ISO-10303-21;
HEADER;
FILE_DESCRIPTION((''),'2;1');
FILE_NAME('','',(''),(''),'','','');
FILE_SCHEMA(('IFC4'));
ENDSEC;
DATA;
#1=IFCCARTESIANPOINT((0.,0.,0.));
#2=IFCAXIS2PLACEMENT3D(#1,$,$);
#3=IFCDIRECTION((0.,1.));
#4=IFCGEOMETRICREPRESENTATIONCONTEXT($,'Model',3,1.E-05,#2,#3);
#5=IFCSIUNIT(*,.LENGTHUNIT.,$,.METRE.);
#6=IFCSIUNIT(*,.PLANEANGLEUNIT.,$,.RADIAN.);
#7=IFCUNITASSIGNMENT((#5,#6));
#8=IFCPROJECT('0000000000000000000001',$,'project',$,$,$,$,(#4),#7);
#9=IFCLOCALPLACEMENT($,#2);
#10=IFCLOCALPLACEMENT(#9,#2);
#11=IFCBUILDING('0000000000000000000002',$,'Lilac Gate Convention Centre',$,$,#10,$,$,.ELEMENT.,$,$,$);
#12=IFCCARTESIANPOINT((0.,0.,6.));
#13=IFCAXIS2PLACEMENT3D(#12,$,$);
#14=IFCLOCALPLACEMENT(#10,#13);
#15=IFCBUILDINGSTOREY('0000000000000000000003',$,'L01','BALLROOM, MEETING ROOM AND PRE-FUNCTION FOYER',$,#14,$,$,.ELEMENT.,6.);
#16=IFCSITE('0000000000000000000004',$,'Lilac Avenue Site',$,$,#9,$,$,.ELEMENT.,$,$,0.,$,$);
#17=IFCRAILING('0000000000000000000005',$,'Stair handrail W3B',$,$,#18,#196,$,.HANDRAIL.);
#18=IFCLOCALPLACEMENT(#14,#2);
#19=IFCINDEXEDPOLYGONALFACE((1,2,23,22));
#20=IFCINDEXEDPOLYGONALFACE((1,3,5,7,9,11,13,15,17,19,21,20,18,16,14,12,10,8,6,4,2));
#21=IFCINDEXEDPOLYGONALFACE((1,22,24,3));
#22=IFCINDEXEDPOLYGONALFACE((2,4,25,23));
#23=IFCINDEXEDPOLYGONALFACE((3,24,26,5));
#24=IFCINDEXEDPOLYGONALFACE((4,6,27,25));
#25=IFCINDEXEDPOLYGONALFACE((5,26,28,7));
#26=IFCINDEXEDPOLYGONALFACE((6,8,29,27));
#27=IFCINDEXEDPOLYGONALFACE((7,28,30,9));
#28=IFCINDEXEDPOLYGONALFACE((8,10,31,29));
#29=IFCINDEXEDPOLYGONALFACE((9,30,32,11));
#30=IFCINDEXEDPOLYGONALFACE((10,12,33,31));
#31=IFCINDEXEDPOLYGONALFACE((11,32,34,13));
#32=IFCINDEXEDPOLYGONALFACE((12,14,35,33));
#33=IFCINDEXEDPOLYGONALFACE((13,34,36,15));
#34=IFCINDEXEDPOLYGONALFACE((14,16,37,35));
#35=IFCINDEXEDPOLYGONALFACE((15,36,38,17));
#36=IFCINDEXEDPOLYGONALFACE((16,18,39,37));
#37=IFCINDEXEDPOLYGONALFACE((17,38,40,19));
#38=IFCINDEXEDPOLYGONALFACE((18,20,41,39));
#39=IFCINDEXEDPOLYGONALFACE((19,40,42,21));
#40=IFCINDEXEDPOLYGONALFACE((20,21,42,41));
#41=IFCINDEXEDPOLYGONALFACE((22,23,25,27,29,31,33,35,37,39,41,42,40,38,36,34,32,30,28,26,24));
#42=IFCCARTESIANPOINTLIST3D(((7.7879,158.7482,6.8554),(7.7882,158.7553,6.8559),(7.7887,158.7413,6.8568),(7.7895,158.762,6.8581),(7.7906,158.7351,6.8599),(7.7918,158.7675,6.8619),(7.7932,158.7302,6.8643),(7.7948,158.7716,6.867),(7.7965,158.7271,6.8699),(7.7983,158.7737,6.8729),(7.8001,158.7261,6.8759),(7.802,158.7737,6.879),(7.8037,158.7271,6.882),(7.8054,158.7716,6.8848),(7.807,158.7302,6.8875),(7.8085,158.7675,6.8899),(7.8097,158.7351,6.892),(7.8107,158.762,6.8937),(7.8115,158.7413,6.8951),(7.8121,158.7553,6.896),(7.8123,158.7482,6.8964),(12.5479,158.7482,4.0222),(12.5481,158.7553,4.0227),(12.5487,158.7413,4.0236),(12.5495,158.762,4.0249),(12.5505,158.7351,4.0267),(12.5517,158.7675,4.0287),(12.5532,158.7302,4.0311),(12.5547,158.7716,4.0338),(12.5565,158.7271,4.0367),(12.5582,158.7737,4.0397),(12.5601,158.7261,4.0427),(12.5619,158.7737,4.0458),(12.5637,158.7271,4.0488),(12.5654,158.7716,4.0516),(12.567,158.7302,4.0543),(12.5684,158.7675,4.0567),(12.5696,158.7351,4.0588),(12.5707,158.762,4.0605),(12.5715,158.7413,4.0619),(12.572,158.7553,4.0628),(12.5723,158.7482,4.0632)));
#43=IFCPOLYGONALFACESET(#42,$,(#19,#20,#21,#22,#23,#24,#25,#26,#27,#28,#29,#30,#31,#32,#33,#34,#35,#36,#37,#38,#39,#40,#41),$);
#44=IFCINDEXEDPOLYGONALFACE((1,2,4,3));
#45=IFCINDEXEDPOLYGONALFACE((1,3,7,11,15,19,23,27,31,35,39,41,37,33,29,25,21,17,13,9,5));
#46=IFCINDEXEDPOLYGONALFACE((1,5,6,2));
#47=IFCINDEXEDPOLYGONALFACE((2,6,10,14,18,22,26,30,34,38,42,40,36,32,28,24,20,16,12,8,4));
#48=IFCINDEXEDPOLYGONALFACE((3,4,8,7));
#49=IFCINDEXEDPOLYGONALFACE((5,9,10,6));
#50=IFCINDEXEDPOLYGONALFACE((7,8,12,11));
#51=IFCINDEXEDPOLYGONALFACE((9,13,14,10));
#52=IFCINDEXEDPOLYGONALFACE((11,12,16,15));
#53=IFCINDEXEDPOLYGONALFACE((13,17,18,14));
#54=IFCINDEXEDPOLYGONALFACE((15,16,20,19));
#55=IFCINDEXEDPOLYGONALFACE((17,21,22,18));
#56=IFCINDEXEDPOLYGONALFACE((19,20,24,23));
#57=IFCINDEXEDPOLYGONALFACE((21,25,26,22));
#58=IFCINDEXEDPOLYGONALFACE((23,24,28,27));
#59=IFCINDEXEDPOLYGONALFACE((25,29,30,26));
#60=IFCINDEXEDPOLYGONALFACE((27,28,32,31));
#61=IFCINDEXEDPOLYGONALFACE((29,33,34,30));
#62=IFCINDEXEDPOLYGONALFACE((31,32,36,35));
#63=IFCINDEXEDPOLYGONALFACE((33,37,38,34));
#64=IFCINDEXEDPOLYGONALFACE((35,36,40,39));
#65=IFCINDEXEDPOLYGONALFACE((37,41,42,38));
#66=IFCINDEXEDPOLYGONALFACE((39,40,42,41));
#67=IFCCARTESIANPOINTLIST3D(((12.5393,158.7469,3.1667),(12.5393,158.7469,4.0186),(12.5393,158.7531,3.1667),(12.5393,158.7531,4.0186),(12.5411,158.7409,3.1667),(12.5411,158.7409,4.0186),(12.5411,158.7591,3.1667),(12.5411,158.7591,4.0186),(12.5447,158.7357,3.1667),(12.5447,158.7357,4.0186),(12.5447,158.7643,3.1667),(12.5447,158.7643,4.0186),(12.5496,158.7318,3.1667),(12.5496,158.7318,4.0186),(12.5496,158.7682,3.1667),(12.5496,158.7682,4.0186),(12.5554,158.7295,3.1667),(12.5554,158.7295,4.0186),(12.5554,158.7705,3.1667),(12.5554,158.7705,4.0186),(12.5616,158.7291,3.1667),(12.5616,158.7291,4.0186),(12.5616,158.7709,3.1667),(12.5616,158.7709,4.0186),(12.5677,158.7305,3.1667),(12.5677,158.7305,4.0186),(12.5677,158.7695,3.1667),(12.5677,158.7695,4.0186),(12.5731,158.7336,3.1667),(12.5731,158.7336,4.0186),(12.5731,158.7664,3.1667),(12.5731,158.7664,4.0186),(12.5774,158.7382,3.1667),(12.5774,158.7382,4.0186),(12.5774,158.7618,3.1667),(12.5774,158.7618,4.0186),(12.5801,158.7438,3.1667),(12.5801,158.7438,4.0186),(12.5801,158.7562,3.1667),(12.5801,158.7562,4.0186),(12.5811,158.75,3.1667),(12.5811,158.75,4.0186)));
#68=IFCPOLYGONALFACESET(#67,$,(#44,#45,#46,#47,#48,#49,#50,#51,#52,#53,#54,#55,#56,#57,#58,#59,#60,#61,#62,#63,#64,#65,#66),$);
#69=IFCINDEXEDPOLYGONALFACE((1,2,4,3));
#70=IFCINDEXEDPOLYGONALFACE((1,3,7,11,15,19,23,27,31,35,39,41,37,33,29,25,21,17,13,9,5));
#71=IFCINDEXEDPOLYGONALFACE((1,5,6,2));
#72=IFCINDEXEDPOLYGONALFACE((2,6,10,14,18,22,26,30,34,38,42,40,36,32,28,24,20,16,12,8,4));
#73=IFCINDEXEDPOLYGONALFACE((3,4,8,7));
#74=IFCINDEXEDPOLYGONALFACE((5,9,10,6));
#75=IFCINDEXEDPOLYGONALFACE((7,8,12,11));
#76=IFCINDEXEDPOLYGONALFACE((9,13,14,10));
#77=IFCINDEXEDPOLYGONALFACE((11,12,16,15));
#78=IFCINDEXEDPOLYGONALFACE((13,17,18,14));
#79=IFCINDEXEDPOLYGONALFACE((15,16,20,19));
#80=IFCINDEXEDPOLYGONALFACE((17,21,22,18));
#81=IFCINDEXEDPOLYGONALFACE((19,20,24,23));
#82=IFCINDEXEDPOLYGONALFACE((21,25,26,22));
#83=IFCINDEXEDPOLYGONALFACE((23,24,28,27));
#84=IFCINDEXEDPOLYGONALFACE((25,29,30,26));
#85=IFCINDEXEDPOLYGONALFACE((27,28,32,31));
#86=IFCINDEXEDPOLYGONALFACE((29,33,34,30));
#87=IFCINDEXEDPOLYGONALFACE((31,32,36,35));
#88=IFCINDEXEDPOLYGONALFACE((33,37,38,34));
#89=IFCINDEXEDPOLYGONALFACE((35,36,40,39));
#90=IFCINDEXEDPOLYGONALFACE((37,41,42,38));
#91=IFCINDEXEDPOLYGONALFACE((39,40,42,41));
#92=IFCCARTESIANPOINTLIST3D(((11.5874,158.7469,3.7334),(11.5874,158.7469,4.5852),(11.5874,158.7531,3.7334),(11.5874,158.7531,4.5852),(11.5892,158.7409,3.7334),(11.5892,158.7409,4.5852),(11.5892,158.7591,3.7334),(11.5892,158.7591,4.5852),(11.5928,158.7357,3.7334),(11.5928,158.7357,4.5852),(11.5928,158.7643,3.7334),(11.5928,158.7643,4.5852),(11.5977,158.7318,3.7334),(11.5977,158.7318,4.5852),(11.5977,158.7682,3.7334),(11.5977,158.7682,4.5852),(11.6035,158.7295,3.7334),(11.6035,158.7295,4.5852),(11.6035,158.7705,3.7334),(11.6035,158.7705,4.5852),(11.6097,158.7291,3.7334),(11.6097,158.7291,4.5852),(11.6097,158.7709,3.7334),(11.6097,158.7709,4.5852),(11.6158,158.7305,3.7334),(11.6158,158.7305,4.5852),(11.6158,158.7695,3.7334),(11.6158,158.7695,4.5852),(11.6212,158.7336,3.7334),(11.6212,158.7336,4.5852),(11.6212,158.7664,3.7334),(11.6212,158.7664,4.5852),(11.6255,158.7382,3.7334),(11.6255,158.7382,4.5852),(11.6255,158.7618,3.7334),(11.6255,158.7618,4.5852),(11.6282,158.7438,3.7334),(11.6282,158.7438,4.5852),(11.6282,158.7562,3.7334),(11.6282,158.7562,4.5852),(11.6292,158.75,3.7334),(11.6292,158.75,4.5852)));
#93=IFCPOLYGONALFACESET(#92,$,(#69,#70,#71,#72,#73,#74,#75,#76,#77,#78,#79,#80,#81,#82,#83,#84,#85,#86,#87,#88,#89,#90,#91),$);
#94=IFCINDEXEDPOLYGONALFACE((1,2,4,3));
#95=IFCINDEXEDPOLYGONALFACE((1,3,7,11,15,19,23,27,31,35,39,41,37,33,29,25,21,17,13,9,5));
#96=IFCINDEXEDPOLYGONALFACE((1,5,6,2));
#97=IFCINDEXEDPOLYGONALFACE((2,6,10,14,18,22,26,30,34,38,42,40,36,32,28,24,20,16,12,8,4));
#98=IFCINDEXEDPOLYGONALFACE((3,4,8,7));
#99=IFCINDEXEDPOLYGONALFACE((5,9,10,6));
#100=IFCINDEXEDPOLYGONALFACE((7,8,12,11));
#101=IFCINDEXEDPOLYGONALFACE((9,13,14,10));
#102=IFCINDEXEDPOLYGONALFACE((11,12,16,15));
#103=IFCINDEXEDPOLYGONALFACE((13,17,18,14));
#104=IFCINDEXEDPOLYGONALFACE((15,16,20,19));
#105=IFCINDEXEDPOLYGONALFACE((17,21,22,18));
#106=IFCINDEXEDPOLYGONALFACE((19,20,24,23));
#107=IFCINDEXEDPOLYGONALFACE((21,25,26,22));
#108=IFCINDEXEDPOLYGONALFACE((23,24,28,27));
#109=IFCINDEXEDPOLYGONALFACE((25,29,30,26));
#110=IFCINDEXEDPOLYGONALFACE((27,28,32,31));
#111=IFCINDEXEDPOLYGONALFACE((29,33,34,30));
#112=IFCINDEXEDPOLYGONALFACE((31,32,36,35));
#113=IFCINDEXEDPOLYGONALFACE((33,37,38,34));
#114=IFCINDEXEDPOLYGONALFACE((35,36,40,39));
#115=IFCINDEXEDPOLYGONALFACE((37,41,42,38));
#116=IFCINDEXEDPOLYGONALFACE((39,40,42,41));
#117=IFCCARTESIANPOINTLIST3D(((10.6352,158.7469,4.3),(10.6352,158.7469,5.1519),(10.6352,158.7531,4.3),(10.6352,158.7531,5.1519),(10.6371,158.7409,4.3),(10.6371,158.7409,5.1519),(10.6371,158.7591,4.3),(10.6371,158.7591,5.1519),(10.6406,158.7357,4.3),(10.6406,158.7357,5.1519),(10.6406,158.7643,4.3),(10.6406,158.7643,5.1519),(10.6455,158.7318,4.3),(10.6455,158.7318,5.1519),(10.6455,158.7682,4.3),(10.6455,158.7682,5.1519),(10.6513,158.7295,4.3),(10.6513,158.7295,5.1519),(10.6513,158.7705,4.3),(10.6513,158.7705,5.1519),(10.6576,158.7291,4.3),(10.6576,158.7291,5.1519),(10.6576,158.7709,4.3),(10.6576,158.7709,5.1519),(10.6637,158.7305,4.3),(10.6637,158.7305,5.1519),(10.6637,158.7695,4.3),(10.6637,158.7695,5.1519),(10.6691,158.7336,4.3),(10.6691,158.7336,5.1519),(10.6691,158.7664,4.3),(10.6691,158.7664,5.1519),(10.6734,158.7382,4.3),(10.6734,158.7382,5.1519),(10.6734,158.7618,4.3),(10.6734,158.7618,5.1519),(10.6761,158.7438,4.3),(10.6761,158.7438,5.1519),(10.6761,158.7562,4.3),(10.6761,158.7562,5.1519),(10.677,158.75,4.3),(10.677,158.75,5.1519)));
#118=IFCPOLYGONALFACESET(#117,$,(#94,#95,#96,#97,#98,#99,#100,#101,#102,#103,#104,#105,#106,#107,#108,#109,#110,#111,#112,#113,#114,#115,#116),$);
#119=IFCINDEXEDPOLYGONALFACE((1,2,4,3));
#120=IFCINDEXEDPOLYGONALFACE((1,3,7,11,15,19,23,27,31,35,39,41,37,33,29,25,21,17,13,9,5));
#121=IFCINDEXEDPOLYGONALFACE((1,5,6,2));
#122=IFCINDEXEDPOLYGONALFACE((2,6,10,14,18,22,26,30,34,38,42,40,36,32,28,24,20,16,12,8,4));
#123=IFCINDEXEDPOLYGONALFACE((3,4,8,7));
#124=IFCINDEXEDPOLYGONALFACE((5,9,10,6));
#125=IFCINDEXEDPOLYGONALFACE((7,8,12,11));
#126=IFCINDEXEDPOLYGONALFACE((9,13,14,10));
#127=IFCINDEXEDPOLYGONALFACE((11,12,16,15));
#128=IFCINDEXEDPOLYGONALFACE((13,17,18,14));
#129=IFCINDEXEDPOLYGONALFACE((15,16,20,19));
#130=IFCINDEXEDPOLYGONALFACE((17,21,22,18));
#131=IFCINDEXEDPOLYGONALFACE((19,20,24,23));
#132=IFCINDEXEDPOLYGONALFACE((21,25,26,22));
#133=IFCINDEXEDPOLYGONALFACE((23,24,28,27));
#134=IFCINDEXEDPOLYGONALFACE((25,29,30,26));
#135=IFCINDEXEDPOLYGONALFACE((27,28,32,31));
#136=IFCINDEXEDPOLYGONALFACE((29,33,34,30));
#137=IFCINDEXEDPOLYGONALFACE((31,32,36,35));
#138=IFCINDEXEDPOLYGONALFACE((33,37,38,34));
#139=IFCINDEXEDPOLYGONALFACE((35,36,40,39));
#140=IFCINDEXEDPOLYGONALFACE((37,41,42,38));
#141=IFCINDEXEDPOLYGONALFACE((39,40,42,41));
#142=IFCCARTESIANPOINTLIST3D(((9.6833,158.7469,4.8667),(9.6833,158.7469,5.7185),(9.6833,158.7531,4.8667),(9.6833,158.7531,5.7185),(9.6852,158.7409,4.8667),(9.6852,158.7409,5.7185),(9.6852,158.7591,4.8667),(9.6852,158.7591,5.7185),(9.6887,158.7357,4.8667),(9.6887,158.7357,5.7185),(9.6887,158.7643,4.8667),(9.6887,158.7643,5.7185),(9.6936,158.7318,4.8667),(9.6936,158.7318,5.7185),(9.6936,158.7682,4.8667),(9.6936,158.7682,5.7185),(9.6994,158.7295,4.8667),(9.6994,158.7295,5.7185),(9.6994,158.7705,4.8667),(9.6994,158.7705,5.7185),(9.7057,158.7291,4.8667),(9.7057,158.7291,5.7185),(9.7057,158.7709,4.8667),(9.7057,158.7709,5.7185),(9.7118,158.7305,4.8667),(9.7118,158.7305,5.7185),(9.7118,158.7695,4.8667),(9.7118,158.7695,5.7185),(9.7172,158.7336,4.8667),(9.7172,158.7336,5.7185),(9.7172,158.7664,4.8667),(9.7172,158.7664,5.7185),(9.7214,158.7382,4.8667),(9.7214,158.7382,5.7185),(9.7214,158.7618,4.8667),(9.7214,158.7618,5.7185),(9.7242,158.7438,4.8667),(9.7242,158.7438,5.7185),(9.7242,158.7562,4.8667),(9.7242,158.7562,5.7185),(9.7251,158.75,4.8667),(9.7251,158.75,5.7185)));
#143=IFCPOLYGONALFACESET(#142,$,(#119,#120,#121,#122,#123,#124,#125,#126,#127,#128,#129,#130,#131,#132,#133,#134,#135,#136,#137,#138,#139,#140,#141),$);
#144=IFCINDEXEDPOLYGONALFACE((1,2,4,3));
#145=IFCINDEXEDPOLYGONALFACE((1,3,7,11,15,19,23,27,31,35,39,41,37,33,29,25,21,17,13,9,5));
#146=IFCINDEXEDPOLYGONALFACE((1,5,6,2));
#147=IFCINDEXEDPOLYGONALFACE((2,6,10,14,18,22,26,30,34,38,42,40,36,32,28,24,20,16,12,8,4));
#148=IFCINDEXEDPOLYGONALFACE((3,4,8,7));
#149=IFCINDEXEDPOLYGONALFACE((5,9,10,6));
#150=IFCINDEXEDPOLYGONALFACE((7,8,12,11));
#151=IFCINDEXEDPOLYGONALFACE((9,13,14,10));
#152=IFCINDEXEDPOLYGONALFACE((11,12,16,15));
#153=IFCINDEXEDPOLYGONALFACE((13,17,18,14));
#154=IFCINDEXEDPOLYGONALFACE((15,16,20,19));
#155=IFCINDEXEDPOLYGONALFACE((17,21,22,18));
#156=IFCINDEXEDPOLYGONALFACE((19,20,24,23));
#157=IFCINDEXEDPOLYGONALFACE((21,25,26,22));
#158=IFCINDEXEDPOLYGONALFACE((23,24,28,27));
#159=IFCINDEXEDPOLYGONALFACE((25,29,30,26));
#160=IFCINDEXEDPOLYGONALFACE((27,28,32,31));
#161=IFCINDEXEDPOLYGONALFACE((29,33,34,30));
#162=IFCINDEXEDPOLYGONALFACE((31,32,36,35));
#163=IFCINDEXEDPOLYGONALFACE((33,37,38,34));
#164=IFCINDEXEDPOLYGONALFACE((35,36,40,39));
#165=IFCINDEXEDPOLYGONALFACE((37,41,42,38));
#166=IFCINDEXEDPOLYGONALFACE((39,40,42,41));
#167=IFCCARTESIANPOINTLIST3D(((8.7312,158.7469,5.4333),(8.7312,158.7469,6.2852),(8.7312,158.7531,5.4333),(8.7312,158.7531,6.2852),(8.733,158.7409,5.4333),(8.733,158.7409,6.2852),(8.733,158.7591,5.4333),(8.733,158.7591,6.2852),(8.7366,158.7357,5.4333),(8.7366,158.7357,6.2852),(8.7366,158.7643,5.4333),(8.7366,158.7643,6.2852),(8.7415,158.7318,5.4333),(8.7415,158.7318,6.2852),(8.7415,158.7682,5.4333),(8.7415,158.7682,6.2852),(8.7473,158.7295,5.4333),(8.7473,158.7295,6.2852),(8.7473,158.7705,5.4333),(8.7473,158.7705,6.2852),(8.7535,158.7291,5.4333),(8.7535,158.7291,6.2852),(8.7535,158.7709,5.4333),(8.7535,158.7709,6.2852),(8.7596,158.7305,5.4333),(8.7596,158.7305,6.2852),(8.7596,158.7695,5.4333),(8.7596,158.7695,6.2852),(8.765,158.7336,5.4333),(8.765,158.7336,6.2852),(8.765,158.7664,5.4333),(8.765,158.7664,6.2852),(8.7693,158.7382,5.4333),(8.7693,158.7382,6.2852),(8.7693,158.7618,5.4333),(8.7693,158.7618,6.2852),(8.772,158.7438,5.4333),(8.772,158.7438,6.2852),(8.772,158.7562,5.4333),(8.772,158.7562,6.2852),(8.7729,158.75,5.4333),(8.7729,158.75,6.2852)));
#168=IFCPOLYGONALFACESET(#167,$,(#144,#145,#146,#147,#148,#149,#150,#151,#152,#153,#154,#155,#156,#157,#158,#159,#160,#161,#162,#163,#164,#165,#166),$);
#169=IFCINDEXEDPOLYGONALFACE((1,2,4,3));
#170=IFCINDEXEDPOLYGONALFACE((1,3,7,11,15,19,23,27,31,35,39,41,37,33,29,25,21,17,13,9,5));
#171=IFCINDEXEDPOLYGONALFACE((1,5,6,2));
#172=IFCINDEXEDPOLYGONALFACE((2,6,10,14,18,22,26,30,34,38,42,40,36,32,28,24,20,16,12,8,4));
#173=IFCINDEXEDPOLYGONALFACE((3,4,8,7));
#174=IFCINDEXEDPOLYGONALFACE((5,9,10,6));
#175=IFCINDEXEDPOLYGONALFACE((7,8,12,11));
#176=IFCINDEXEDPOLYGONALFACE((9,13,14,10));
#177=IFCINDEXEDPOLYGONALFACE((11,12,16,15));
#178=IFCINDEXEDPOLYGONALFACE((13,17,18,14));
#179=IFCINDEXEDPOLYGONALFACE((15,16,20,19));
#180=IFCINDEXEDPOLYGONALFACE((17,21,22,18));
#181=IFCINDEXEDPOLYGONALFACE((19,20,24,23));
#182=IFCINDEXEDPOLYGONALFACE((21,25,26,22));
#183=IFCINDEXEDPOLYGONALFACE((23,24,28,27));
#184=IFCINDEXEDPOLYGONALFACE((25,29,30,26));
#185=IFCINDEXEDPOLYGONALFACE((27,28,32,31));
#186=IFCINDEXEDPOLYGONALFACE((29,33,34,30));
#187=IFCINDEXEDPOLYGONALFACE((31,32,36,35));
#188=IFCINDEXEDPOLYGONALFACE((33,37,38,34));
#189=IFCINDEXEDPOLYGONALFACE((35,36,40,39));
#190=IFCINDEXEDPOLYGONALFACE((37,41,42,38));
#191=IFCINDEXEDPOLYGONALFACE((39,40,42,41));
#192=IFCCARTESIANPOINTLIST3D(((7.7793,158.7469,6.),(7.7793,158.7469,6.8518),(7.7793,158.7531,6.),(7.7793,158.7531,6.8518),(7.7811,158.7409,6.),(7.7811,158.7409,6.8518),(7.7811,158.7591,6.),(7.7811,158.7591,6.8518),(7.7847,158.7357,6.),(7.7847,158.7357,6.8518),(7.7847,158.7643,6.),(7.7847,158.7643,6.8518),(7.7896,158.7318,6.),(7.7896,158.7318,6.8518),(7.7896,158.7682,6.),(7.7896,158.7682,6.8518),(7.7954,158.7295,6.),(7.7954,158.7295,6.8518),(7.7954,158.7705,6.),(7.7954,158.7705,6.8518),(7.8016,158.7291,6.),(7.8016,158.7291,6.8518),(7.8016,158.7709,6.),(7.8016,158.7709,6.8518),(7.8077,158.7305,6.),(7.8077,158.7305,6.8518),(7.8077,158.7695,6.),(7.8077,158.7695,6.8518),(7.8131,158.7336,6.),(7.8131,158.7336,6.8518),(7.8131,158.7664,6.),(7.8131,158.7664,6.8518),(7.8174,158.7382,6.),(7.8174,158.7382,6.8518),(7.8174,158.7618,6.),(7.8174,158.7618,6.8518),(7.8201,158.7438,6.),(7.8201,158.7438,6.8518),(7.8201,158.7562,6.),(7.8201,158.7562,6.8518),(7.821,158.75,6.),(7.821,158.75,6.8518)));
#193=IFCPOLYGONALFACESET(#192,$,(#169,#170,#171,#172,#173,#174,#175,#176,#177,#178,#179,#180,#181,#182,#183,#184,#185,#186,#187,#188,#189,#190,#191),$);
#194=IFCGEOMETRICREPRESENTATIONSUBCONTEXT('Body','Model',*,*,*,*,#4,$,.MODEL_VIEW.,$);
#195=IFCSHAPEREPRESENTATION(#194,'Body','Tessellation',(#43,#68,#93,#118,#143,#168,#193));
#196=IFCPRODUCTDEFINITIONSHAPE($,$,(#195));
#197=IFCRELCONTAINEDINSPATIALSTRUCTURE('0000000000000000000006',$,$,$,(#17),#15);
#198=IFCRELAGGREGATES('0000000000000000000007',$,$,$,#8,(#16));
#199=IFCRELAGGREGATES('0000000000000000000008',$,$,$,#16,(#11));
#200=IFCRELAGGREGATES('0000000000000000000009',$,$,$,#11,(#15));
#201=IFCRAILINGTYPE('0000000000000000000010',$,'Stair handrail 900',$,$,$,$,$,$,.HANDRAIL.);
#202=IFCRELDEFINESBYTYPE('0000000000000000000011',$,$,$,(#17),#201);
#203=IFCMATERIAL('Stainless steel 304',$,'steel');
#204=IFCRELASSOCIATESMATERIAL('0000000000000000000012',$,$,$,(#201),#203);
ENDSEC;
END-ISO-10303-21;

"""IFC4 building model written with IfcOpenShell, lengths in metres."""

from ifc_helpers import new_model, si_unit, direction, frame, origin, origin_2d, place, context, subcontext, project, spatial, circle, extrude, material, type_object, element, save


model = new_model("IFC4")

# Units and contexts
model_context = context("Model", 3, precision=1e-05, world=origin(), true_north=direction((0.0, 1.0)))
body_context = subcontext(model_context, "Body", "Model", "MODEL_VIEW")
ifc_project = project(units=[si_unit("LENGTHUNIT", "METRE"), si_unit("PLANEANGLEUNIT", "RADIAN")], contexts=[model_context])

# Site, building, storey
site_placement = place(None, origin())
site = spatial("IfcSite", under=ifc_project, at=site_placement, Name="Lilac Avenue Site", CompositionType="ELEMENT", RefElevation=0.0)
building_placement = place(site_placement, origin())
building = spatial("IfcBuilding", under=site, at=building_placement, Name="Lilac Gate Convention Centre", CompositionType="ELEMENT")
storey_placement = place(building_placement, frame((0.0, 0.0, 6.0)))
storey = spatial("IfcBuildingStorey", under=building, at=storey_placement, Name="L01", Description="BALLROOM, MEETING ROOM AND PRE-FUNCTION FOYER", CompositionType="ELEMENT", Elevation=6.0)

# Railing
ifc_material_1 = material(Name="Stainless steel 304", Category="steel")
railing_type = type_object("IfcRailingType", Name="Stair handrail 900", PredefinedType="HANDRAIL", material=ifc_material_1)
for number, where, name in (
    (1, (12.5601, 158.75, 3.1667), "Stair handrail W3B"),
):
    element("IfcRailing", number, at=place(storey_placement, frame(where)), inside=storey, type_object=railing_type, Name=name, PredefinedType="HANDRAIL", context=body_context, shape_type="SweptSolid", body=[
        extrude(circle(Radius=0.0239, at=origin_2d()), frame((0.0, 0.0, 0.876), z_axis=(-0.8593, 0.0, 0.511472), x_axis=(0.0, -1.0, 0.0)), (0.0, 0.0, 1.0), 5.5393),
        extrude(circle(Radius=0.021, at=origin_2d()), origin(), (0.0, 0.0, 1.0), 0.8518),
        extrude(circle(Radius=0.021, at=origin_2d()), frame((-0.9519, 0.0, 0.5667)), (0.0, 0.0, 1.0), 0.8518),
        extrude(circle(Radius=0.021, at=origin_2d()), frame((-1.9041, 0.0, 1.1333)), (0.0, 0.0, 1.0), 0.8518),
        extrude(circle(Radius=0.021, at=origin_2d()), frame((-2.856, 0.0, 1.7)), (0.0, 0.0, 1.0), 0.8518),
        extrude(circle(Radius=0.021, at=origin_2d()), frame((-3.8081, 0.0, 2.2666)), (0.0, 0.0, 1.0), 0.8518),
        extrude(circle(Radius=0.021, at=origin_2d()), frame((-4.76, 0.0, 2.8333)), (0.0, 0.0, 1.0), 0.8518),
    ])

save(model, "model.ifc")
